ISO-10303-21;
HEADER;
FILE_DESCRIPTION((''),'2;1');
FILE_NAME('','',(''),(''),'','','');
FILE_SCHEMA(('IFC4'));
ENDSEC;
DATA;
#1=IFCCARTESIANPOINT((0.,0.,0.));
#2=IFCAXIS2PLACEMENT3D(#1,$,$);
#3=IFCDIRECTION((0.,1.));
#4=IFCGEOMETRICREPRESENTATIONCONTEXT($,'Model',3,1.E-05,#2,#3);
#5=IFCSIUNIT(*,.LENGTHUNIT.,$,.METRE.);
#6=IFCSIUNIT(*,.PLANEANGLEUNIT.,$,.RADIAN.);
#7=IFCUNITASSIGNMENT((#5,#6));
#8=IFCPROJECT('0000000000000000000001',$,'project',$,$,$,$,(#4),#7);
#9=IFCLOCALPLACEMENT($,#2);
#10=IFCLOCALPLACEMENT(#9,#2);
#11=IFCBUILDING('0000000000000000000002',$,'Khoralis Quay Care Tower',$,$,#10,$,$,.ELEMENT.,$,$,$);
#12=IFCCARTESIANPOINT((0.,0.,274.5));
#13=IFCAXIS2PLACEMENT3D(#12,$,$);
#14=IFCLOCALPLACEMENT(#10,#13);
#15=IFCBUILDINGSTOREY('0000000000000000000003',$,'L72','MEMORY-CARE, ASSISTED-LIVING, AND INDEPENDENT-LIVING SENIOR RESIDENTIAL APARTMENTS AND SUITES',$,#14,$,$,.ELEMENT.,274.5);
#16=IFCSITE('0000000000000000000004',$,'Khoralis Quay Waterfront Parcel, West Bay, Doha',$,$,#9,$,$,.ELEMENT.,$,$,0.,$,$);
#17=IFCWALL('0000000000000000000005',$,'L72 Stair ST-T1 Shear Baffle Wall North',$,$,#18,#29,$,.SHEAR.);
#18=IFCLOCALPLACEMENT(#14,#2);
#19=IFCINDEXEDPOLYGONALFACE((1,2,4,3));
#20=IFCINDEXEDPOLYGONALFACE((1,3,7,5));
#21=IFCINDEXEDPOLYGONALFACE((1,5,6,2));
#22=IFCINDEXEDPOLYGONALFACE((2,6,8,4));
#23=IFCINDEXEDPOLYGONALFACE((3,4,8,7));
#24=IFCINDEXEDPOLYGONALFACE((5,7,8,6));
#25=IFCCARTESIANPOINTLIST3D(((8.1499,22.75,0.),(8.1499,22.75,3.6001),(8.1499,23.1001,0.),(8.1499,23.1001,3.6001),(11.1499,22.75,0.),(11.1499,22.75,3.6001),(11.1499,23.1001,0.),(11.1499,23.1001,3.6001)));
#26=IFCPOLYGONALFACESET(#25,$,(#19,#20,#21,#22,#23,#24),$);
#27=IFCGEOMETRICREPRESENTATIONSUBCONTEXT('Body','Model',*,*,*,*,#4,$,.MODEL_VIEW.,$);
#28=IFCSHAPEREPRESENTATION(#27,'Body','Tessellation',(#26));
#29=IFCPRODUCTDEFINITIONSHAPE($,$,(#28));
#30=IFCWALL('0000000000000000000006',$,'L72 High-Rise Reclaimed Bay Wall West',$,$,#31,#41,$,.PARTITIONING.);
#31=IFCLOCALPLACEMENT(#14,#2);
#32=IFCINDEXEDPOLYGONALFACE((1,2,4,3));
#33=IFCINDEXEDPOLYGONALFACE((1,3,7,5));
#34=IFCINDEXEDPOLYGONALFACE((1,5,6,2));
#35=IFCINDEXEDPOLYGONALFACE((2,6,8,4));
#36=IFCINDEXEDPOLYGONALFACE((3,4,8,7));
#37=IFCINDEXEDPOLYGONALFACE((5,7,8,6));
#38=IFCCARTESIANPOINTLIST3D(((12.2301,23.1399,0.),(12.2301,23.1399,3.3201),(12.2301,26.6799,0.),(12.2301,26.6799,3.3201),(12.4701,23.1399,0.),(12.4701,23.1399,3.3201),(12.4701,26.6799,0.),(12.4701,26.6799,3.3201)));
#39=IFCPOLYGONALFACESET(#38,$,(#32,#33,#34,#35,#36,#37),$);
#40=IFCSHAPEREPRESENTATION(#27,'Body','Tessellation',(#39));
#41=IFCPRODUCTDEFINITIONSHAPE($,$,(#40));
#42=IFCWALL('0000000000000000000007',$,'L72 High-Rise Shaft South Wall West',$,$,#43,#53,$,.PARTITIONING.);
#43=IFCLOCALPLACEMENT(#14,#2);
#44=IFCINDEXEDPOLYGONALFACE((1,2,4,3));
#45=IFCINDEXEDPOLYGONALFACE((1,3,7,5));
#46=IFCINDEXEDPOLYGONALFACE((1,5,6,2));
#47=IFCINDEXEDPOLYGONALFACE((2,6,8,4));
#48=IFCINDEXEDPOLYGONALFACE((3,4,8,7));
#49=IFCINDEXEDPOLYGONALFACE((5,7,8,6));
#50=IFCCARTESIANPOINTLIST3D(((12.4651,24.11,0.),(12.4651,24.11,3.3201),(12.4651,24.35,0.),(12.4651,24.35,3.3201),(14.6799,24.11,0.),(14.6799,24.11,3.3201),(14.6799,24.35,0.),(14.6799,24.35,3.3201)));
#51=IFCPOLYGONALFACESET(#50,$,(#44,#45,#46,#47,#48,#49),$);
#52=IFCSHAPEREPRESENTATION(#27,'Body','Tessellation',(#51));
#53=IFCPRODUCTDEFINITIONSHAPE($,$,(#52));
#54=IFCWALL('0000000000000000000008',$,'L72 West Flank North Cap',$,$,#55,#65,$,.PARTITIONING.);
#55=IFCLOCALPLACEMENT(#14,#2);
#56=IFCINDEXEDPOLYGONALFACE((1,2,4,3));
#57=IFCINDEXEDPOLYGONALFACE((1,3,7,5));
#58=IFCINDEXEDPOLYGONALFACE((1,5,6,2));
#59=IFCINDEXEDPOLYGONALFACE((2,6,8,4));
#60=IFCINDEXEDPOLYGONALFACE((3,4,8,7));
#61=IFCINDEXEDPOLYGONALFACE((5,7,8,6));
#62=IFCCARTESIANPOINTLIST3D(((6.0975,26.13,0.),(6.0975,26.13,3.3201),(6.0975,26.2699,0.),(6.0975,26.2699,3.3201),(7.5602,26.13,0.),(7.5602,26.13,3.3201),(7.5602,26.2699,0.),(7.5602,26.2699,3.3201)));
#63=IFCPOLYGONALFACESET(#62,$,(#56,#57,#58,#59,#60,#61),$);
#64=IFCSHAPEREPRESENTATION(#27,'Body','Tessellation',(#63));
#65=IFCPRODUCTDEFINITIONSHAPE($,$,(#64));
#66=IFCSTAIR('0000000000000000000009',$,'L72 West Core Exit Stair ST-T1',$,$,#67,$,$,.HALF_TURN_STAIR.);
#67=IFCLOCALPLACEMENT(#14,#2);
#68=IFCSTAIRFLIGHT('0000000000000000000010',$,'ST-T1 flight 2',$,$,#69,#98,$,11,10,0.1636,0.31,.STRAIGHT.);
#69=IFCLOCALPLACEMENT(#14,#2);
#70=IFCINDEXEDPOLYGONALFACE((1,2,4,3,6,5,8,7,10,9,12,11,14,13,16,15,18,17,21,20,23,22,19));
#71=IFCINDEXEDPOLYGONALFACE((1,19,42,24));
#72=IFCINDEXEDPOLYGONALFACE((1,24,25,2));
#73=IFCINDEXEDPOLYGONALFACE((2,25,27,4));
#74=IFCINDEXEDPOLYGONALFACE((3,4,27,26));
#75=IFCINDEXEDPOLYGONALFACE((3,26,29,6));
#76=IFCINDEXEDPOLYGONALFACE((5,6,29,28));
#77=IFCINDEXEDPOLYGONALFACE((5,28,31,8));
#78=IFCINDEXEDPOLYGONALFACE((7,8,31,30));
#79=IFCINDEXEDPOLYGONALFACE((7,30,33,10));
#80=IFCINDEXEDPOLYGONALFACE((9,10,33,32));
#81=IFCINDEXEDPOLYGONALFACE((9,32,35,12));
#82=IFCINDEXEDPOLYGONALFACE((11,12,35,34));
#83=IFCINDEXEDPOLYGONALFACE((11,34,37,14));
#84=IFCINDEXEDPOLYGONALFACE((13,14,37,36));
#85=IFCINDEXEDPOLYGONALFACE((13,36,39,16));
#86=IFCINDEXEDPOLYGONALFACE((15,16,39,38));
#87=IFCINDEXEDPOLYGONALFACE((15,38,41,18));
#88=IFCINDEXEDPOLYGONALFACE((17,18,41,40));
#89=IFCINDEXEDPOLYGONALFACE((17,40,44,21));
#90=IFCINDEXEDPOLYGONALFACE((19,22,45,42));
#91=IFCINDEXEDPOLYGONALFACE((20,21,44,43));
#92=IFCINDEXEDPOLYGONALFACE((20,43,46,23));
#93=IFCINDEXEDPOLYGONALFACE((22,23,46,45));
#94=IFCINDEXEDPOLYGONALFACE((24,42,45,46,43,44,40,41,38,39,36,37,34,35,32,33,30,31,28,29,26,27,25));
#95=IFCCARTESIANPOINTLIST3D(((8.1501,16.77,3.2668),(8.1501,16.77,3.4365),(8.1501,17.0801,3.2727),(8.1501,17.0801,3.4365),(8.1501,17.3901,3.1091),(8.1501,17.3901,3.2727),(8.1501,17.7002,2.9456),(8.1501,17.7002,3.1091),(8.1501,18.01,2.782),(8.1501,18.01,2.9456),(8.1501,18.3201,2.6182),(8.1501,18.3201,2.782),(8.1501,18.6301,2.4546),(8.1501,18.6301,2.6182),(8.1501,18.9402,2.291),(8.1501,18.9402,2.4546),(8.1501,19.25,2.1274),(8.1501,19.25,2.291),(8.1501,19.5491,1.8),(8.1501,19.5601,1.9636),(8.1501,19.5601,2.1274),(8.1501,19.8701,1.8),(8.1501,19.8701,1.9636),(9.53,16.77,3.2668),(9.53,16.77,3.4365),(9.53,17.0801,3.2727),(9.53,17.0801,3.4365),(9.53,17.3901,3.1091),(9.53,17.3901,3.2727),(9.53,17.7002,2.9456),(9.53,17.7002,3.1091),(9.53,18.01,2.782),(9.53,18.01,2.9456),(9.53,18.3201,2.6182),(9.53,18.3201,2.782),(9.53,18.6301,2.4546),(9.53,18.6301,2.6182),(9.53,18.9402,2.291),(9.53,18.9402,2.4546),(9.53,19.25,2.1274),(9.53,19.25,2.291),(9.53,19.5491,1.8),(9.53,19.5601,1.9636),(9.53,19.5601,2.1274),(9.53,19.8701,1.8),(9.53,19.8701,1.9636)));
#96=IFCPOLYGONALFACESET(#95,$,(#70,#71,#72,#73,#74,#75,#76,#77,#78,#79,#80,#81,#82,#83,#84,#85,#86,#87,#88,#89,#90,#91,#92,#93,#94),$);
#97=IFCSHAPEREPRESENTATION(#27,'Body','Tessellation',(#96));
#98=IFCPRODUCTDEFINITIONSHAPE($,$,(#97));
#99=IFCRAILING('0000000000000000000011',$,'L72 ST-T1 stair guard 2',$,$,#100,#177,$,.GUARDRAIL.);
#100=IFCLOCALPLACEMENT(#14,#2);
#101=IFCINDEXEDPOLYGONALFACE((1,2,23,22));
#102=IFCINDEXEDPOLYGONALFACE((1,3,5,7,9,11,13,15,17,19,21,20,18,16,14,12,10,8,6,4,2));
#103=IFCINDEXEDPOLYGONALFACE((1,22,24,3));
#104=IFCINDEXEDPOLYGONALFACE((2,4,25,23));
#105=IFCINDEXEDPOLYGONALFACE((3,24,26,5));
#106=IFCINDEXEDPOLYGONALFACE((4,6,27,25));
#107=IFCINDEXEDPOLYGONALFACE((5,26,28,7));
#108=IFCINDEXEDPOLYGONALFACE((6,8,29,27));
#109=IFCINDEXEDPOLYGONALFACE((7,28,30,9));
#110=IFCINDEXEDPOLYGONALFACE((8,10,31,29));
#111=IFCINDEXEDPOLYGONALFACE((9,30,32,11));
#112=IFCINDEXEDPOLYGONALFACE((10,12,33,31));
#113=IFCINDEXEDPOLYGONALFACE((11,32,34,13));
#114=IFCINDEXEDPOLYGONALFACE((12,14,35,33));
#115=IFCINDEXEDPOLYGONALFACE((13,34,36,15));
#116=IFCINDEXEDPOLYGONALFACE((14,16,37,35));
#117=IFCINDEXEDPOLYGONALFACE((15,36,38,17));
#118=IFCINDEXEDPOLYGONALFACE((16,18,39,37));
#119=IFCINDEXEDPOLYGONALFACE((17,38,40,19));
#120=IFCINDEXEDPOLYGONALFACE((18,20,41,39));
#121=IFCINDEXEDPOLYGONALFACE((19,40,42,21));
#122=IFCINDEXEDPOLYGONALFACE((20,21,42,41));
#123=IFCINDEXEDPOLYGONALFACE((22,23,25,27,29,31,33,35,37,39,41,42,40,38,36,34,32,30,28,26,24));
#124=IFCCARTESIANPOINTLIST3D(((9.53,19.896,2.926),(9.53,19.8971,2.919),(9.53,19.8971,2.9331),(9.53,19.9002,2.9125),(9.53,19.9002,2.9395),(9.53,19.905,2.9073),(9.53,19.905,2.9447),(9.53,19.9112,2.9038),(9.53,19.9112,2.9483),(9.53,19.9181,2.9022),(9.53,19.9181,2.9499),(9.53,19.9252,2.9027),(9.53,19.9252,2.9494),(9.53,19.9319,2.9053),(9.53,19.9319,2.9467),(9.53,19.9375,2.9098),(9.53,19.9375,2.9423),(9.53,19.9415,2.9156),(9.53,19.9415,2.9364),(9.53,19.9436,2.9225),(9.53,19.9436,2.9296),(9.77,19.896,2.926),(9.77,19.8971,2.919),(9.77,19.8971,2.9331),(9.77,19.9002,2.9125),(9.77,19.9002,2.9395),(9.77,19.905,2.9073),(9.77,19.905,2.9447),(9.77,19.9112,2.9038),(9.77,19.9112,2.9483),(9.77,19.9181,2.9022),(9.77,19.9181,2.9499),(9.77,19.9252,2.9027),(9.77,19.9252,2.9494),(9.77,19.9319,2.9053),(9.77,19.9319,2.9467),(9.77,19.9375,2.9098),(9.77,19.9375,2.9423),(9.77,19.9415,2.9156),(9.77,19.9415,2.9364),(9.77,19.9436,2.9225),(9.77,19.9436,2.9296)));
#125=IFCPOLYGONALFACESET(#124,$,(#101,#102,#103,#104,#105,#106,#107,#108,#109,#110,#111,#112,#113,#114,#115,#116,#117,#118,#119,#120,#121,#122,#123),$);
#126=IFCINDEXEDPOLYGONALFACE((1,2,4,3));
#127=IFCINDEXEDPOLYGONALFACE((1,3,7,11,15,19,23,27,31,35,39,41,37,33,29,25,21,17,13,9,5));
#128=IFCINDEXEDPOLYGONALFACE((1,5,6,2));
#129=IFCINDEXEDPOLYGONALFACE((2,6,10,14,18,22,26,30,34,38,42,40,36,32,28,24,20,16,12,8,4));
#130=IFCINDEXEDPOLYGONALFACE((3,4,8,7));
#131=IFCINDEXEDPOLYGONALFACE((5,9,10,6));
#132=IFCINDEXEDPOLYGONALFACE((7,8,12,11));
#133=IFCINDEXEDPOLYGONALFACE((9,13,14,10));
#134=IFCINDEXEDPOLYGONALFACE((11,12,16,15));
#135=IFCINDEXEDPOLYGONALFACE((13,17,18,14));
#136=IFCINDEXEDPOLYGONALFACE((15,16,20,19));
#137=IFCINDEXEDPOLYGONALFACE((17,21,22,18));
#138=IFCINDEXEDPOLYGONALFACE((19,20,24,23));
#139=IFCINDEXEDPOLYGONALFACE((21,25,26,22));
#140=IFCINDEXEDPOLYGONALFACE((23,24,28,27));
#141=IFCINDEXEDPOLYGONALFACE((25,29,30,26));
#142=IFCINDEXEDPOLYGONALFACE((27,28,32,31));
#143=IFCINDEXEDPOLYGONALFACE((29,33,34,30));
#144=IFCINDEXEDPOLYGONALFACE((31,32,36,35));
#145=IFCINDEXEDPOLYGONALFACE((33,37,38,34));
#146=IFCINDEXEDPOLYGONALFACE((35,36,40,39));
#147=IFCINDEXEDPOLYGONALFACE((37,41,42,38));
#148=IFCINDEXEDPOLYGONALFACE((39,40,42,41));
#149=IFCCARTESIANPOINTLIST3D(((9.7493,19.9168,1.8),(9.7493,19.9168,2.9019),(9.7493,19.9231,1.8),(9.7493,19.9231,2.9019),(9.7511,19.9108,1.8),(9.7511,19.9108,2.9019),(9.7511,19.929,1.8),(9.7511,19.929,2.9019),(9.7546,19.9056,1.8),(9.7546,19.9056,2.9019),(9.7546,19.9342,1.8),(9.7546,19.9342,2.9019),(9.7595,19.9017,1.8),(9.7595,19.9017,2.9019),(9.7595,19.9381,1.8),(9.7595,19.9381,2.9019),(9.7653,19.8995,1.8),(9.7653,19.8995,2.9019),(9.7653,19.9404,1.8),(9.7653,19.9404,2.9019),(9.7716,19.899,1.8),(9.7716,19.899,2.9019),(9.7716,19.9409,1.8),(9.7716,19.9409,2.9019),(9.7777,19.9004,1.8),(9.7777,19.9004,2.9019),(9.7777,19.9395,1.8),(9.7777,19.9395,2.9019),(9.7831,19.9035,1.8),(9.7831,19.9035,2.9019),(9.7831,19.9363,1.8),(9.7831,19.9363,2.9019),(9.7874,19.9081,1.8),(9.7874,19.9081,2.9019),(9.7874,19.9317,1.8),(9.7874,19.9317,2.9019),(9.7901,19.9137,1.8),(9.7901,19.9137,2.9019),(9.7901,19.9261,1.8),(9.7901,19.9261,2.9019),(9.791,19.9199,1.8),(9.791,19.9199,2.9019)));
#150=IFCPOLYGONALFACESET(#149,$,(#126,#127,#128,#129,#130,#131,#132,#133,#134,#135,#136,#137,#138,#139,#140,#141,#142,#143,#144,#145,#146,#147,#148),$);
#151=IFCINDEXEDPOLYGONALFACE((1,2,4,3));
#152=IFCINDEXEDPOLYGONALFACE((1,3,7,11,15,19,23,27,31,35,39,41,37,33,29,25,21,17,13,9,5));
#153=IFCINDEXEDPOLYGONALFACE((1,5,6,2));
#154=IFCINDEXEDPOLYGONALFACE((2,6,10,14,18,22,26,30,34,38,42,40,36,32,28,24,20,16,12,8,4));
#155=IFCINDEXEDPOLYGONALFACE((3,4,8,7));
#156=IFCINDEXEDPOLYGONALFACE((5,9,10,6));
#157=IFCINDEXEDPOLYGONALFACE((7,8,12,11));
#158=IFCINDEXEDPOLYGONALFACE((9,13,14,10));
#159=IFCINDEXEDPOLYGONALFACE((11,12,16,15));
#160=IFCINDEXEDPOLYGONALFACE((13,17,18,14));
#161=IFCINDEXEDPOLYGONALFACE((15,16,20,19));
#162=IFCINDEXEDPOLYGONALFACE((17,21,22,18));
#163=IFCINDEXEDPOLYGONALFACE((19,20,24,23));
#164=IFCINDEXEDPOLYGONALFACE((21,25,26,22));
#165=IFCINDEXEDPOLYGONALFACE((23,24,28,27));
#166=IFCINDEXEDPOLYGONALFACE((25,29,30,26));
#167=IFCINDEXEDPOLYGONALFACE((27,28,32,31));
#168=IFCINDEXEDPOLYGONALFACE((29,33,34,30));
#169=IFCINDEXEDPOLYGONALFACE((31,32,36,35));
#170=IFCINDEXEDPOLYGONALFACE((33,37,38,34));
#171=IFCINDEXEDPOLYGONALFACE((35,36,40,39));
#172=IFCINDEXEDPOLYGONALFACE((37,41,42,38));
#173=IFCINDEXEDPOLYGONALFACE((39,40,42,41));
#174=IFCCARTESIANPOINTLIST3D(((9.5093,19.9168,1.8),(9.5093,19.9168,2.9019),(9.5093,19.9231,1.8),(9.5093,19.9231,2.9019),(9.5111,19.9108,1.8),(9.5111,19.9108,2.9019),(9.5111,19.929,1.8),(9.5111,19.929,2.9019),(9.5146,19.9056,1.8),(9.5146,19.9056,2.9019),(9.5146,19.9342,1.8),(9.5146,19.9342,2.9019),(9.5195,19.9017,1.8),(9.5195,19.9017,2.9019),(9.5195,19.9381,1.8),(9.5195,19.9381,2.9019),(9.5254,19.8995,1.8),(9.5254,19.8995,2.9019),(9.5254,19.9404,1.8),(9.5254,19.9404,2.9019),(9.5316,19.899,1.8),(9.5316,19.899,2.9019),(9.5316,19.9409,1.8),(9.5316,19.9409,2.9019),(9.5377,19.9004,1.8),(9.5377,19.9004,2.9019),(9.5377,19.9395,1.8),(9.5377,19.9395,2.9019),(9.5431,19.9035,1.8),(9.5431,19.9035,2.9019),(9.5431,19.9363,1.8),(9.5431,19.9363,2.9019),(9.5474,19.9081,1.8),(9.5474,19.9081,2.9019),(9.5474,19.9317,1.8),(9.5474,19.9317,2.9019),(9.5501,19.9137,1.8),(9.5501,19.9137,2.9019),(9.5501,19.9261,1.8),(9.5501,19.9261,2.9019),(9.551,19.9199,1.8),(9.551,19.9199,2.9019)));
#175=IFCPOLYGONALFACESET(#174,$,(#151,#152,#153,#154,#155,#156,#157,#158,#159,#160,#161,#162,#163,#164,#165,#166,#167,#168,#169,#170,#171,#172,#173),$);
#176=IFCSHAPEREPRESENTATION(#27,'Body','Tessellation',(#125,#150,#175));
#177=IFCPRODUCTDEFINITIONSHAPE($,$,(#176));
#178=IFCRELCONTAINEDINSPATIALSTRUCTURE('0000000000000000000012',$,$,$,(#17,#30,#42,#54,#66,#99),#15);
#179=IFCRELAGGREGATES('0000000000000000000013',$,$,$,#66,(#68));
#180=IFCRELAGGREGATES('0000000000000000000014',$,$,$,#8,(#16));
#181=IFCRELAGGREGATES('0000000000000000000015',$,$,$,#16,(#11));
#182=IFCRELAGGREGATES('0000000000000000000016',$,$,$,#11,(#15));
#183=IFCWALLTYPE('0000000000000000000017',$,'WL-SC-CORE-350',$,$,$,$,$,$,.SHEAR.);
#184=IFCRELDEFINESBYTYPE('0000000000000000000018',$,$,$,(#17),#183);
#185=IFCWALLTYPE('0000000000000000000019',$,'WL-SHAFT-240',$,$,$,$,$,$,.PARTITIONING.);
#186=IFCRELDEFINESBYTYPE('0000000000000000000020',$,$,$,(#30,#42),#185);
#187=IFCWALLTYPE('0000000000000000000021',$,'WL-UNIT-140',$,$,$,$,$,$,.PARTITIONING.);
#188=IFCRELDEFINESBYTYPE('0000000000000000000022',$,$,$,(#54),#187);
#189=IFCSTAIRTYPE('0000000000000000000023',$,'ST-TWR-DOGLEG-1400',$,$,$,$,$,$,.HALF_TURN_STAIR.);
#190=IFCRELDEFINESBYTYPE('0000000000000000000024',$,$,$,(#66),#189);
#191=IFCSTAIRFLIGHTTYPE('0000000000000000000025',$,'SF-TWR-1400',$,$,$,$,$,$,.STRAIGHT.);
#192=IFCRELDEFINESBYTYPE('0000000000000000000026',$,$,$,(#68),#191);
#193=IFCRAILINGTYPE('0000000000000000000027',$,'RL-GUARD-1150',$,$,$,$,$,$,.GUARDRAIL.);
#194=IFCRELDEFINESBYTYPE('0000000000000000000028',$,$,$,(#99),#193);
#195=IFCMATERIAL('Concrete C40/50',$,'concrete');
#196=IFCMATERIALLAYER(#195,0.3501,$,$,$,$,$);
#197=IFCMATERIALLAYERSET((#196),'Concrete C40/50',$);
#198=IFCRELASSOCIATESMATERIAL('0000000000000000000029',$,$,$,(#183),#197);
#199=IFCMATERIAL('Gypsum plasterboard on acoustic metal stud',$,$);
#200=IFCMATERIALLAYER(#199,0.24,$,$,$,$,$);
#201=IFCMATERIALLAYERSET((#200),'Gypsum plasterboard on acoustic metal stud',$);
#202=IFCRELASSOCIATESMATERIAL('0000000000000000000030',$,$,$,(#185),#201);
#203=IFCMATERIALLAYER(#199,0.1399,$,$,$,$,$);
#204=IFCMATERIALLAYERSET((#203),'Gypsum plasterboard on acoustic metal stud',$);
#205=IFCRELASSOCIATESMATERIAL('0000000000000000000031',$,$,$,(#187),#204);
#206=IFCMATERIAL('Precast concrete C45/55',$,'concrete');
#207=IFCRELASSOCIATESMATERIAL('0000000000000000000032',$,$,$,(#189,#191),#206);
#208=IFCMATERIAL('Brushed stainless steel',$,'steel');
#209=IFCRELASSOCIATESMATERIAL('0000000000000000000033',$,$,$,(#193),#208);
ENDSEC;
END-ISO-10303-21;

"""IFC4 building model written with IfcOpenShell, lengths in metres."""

from ifc_helpers import new_model, si_unit, direction, frame, frame_2d, origin, origin_2d, place, context, subcontext, project, spatial, polyline, rectangle, circle, outline, extrude, source, transform, mapped, material, layer, layer_set, type_object, element, aggregate, save


model = new_model("IFC4")

# Units and contexts
model_context = context("Model", 3, precision=1e-05, world=origin(), true_north=direction((0.0, 1.0)))
body_context = subcontext(model_context, "Body", "Model", "MODEL_VIEW")
ifc_project = project(units=[si_unit("LENGTHUNIT", "METRE"), si_unit("PLANEANGLEUNIT", "RADIAN")], contexts=[model_context])

# Site, building, storey
site_placement = place(None, origin())
site = spatial("IfcSite", under=ifc_project, at=site_placement, Name="Khoralis Quay Waterfront Parcel, West Bay, Doha", CompositionType="ELEMENT", RefElevation=0.0)
building_placement = place(site_placement, origin())
building = spatial("IfcBuilding", under=site, at=building_placement, Name="Khoralis Quay Care Tower", CompositionType="ELEMENT")
storey_placement = place(building_placement, frame((0.0, 0.0, 274.5)))
storey = spatial("IfcBuildingStorey", under=building, at=storey_placement, Name="L72", Description="MEMORY-CARE, ASSISTED-LIVING, AND INDEPENDENT-LIVING SENIOR RESIDENTIAL APARTMENTS AND SUITES", CompositionType="ELEMENT", Elevation=274.5)

# Shared definitions
ifc_material_1 = material(Name="Brushed stainless steel", Category="steel")

# Shared definitions
ifc_material_2 = material(Name="Gypsum plasterboard on acoustic metal stud")

# Walls
ifc_material_3 = material(Name="Concrete C40/50", Category="concrete")
ifc_layer_1 = layer(ifc_material_3, 0.3501)
ifc_layer_set_1 = layer_set([ifc_layer_1], Name="Concrete C40/50")
wall_type_1 = type_object("IfcWallType", Name="WL-SC-CORE-350", PredefinedType="SHEAR", material=ifc_layer_set_1)
wall_1_placement = place(storey_placement, frame((8.1499, 22.925, 0.0), z_axis=(0.0, 0.0, 1.0), x_axis=(1.0, 0.0, 0.0)))
element("IfcWall", 1, at=wall_1_placement, inside=storey, type_object=wall_type_1, Name="L72 Stair ST-T1 Shear Baffle Wall North", PredefinedType="SHEAR", context=body_context, shape_type="SweptSolid", body=[
    extrude(rectangle(XDim=3.0, YDim=0.3501, at=frame_2d((1.5, 0.0))), origin(), (0.0, 0.0, 1.0), 3.6001),
])
ifc_layer_2 = layer(ifc_material_2, 0.24)
ifc_layer_set_2 = layer_set([ifc_layer_2], Name="Gypsum plasterboard on acoustic metal stud")
wall_type_2 = type_object("IfcWallType", Name="WL-SHAFT-240", PredefinedType="PARTITIONING", material=ifc_layer_set_2)
wall_2_placement = place(storey_placement, frame((12.3501, 23.1399, 0.0), z_axis=(0.0, 0.0, 1.0), x_axis=(0.0, 1.0, 0.0)))
element("IfcWall", 2, at=wall_2_placement, inside=storey, type_object=wall_type_2, Name="L72 High-Rise Reclaimed Bay Wall West", PredefinedType="PARTITIONING", context=body_context, shape_type="SweptSolid", body=[
    extrude(rectangle(XDim=3.54, YDim=0.24, at=frame_2d((1.77, 0.0))), origin(), (0.0, 0.0, 1.0), 3.3201),
])
wall_3_placement = place(storey_placement, frame((12.4651, 24.23, 0.0), z_axis=(0.0, 0.0, 1.0), x_axis=(1.0, 0.0, 0.0)))
element("IfcWall", 3, at=wall_3_placement, inside=storey, type_object=wall_type_2, Name="L72 High-Rise Shaft South Wall West", PredefinedType="PARTITIONING", context=body_context, shape_type="SweptSolid", body=[
    extrude(rectangle(XDim=2.2148, YDim=0.24, at=frame_2d((1.1074, 0.0))), origin(), (0.0, 0.0, 1.0), 3.3201),
])
ifc_layer_3 = layer(ifc_material_2, 0.1399)
ifc_layer_set_3 = layer_set([ifc_layer_3], Name="Gypsum plasterboard on acoustic metal stud")
wall_type_3 = type_object("IfcWallType", Name="WL-UNIT-140", PredefinedType="PARTITIONING", material=ifc_layer_set_3)
wall_4_placement = place(storey_placement, frame((6.0974, 26.2, 0.0), z_axis=(0.0, 0.0, 1.0), x_axis=(1.0, 0.0, 0.0)))
element("IfcWall", 4, at=wall_4_placement, inside=storey, type_object=wall_type_3, Name="L72 West Flank North Cap", PredefinedType="PARTITIONING", context=body_context, shape_type="SweptSolid", body=[
    extrude(rectangle(XDim=1.4626, YDim=0.1399, at=frame_2d((0.7314, 0.0))), origin(), (0.0, 0.0, 1.0), 3.3201),
])

# Stair, stair flight
ifc_material_4 = material(Name="Precast concrete C45/55", Category="concrete")
stair_type = type_object("IfcStairType", Name="ST-TWR-DOGLEG-1400", PredefinedType="HALF_TURN_STAIR", material=ifc_material_4)
stair_placement = place(storey_placement, origin())
stair = element("IfcStair", 5, at=stair_placement, inside=storey, type_object=stair_type, Name="L72 West Core Exit Stair ST-T1", PredefinedType="HALF_TURN_STAIR")
stair_flight_type = type_object("IfcStairFlightType", Name="SF-TWR-1400", PredefinedType="STRAIGHT", material=ifc_material_4)
shared_shape_1 = source(origin(), body_context, "Body", "SweptSolid", [
    extrude(outline(polyline([(0.0, 0.0), (0.0, 0.1636), (0.3101, 0.1636), (0.3101, 0.3274), (0.6201, 0.3274), (0.6201, 0.491), (0.9299, 0.491), (0.9299, 0.6545), (1.24, 0.6545), (1.24, 0.8181), (1.55, 0.8181), (1.55, 0.9819), (1.8601, 0.9819), (1.8601, 1.1455), (2.1699, 1.1455), (2.1699, 1.3091), (2.48, 1.3091), (2.48, 1.4727), (2.79, 1.4727), (2.79, 1.6365), (3.1001, 1.6365), (3.1001, 1.8), (3.1001, 1.4668), (0.321, 0.0), (0.0, 0.0)])), frame((0.0, 0.6899, 0.0), z_axis=(0.0, -1.0, 0.0), x_axis=(1.0, 0.0, 0.0)), (0.0, 0.0, 1.0), 1.3799),
])
stair_flight_placement = place(storey_placement, frame((8.8401, 19.8701, 1.8), z_axis=(0.0, 0.0, 1.0), x_axis=(0.0, -1.0, 0.0)))
stair_flight = element("IfcStairFlight", 6, at=stair_flight_placement, type_object=stair_flight_type, Name="ST-T1 flight 2", NumberOfRisers=11, NumberOfTreads=10, PredefinedType="STRAIGHT", RiserHeight=0.1636, TreadLength=0.31, context=body_context, shape_type="MappedRepresentation", body=[
    mapped(shared_shape_1, transform((0.0, 0.0, 0.0), scale=1.0)),
])
aggregate(stair, [stair_flight])

# Railing
railing_type_1 = type_object("IfcRailingType", Name="RL-GUARD-1150", PredefinedType="GUARDRAIL", material=ifc_material_1)
railing_1_placement = place(storey_placement, frame((9.77, 19.9199, 1.8)))
element("IfcRailing", 7, at=railing_1_placement, inside=storey, type_object=railing_type_1, Name="L72 ST-T1 stair guard 2", PredefinedType="GUARDRAIL", context=body_context, shape_type="SweptSolid", body=[
    extrude(circle(Radius=0.0239, at=origin_2d()), frame((0.0, 0.0, 1.126), z_axis=(-1.0, 0.0, 0.0), x_axis=(0.0, -1.0, 0.0)), (0.0, 0.0, 1.0), 0.24),
    extrude(circle(Radius=0.021, at=origin_2d()), origin(), (0.0, 0.0, 1.0), 1.1018),
    extrude(circle(Radius=0.021, at=origin_2d()), frame((-0.24, 0.0, 0.0)), (0.0, 0.0, 1.0), 1.1018),
])

save(model, "model.ifc")
